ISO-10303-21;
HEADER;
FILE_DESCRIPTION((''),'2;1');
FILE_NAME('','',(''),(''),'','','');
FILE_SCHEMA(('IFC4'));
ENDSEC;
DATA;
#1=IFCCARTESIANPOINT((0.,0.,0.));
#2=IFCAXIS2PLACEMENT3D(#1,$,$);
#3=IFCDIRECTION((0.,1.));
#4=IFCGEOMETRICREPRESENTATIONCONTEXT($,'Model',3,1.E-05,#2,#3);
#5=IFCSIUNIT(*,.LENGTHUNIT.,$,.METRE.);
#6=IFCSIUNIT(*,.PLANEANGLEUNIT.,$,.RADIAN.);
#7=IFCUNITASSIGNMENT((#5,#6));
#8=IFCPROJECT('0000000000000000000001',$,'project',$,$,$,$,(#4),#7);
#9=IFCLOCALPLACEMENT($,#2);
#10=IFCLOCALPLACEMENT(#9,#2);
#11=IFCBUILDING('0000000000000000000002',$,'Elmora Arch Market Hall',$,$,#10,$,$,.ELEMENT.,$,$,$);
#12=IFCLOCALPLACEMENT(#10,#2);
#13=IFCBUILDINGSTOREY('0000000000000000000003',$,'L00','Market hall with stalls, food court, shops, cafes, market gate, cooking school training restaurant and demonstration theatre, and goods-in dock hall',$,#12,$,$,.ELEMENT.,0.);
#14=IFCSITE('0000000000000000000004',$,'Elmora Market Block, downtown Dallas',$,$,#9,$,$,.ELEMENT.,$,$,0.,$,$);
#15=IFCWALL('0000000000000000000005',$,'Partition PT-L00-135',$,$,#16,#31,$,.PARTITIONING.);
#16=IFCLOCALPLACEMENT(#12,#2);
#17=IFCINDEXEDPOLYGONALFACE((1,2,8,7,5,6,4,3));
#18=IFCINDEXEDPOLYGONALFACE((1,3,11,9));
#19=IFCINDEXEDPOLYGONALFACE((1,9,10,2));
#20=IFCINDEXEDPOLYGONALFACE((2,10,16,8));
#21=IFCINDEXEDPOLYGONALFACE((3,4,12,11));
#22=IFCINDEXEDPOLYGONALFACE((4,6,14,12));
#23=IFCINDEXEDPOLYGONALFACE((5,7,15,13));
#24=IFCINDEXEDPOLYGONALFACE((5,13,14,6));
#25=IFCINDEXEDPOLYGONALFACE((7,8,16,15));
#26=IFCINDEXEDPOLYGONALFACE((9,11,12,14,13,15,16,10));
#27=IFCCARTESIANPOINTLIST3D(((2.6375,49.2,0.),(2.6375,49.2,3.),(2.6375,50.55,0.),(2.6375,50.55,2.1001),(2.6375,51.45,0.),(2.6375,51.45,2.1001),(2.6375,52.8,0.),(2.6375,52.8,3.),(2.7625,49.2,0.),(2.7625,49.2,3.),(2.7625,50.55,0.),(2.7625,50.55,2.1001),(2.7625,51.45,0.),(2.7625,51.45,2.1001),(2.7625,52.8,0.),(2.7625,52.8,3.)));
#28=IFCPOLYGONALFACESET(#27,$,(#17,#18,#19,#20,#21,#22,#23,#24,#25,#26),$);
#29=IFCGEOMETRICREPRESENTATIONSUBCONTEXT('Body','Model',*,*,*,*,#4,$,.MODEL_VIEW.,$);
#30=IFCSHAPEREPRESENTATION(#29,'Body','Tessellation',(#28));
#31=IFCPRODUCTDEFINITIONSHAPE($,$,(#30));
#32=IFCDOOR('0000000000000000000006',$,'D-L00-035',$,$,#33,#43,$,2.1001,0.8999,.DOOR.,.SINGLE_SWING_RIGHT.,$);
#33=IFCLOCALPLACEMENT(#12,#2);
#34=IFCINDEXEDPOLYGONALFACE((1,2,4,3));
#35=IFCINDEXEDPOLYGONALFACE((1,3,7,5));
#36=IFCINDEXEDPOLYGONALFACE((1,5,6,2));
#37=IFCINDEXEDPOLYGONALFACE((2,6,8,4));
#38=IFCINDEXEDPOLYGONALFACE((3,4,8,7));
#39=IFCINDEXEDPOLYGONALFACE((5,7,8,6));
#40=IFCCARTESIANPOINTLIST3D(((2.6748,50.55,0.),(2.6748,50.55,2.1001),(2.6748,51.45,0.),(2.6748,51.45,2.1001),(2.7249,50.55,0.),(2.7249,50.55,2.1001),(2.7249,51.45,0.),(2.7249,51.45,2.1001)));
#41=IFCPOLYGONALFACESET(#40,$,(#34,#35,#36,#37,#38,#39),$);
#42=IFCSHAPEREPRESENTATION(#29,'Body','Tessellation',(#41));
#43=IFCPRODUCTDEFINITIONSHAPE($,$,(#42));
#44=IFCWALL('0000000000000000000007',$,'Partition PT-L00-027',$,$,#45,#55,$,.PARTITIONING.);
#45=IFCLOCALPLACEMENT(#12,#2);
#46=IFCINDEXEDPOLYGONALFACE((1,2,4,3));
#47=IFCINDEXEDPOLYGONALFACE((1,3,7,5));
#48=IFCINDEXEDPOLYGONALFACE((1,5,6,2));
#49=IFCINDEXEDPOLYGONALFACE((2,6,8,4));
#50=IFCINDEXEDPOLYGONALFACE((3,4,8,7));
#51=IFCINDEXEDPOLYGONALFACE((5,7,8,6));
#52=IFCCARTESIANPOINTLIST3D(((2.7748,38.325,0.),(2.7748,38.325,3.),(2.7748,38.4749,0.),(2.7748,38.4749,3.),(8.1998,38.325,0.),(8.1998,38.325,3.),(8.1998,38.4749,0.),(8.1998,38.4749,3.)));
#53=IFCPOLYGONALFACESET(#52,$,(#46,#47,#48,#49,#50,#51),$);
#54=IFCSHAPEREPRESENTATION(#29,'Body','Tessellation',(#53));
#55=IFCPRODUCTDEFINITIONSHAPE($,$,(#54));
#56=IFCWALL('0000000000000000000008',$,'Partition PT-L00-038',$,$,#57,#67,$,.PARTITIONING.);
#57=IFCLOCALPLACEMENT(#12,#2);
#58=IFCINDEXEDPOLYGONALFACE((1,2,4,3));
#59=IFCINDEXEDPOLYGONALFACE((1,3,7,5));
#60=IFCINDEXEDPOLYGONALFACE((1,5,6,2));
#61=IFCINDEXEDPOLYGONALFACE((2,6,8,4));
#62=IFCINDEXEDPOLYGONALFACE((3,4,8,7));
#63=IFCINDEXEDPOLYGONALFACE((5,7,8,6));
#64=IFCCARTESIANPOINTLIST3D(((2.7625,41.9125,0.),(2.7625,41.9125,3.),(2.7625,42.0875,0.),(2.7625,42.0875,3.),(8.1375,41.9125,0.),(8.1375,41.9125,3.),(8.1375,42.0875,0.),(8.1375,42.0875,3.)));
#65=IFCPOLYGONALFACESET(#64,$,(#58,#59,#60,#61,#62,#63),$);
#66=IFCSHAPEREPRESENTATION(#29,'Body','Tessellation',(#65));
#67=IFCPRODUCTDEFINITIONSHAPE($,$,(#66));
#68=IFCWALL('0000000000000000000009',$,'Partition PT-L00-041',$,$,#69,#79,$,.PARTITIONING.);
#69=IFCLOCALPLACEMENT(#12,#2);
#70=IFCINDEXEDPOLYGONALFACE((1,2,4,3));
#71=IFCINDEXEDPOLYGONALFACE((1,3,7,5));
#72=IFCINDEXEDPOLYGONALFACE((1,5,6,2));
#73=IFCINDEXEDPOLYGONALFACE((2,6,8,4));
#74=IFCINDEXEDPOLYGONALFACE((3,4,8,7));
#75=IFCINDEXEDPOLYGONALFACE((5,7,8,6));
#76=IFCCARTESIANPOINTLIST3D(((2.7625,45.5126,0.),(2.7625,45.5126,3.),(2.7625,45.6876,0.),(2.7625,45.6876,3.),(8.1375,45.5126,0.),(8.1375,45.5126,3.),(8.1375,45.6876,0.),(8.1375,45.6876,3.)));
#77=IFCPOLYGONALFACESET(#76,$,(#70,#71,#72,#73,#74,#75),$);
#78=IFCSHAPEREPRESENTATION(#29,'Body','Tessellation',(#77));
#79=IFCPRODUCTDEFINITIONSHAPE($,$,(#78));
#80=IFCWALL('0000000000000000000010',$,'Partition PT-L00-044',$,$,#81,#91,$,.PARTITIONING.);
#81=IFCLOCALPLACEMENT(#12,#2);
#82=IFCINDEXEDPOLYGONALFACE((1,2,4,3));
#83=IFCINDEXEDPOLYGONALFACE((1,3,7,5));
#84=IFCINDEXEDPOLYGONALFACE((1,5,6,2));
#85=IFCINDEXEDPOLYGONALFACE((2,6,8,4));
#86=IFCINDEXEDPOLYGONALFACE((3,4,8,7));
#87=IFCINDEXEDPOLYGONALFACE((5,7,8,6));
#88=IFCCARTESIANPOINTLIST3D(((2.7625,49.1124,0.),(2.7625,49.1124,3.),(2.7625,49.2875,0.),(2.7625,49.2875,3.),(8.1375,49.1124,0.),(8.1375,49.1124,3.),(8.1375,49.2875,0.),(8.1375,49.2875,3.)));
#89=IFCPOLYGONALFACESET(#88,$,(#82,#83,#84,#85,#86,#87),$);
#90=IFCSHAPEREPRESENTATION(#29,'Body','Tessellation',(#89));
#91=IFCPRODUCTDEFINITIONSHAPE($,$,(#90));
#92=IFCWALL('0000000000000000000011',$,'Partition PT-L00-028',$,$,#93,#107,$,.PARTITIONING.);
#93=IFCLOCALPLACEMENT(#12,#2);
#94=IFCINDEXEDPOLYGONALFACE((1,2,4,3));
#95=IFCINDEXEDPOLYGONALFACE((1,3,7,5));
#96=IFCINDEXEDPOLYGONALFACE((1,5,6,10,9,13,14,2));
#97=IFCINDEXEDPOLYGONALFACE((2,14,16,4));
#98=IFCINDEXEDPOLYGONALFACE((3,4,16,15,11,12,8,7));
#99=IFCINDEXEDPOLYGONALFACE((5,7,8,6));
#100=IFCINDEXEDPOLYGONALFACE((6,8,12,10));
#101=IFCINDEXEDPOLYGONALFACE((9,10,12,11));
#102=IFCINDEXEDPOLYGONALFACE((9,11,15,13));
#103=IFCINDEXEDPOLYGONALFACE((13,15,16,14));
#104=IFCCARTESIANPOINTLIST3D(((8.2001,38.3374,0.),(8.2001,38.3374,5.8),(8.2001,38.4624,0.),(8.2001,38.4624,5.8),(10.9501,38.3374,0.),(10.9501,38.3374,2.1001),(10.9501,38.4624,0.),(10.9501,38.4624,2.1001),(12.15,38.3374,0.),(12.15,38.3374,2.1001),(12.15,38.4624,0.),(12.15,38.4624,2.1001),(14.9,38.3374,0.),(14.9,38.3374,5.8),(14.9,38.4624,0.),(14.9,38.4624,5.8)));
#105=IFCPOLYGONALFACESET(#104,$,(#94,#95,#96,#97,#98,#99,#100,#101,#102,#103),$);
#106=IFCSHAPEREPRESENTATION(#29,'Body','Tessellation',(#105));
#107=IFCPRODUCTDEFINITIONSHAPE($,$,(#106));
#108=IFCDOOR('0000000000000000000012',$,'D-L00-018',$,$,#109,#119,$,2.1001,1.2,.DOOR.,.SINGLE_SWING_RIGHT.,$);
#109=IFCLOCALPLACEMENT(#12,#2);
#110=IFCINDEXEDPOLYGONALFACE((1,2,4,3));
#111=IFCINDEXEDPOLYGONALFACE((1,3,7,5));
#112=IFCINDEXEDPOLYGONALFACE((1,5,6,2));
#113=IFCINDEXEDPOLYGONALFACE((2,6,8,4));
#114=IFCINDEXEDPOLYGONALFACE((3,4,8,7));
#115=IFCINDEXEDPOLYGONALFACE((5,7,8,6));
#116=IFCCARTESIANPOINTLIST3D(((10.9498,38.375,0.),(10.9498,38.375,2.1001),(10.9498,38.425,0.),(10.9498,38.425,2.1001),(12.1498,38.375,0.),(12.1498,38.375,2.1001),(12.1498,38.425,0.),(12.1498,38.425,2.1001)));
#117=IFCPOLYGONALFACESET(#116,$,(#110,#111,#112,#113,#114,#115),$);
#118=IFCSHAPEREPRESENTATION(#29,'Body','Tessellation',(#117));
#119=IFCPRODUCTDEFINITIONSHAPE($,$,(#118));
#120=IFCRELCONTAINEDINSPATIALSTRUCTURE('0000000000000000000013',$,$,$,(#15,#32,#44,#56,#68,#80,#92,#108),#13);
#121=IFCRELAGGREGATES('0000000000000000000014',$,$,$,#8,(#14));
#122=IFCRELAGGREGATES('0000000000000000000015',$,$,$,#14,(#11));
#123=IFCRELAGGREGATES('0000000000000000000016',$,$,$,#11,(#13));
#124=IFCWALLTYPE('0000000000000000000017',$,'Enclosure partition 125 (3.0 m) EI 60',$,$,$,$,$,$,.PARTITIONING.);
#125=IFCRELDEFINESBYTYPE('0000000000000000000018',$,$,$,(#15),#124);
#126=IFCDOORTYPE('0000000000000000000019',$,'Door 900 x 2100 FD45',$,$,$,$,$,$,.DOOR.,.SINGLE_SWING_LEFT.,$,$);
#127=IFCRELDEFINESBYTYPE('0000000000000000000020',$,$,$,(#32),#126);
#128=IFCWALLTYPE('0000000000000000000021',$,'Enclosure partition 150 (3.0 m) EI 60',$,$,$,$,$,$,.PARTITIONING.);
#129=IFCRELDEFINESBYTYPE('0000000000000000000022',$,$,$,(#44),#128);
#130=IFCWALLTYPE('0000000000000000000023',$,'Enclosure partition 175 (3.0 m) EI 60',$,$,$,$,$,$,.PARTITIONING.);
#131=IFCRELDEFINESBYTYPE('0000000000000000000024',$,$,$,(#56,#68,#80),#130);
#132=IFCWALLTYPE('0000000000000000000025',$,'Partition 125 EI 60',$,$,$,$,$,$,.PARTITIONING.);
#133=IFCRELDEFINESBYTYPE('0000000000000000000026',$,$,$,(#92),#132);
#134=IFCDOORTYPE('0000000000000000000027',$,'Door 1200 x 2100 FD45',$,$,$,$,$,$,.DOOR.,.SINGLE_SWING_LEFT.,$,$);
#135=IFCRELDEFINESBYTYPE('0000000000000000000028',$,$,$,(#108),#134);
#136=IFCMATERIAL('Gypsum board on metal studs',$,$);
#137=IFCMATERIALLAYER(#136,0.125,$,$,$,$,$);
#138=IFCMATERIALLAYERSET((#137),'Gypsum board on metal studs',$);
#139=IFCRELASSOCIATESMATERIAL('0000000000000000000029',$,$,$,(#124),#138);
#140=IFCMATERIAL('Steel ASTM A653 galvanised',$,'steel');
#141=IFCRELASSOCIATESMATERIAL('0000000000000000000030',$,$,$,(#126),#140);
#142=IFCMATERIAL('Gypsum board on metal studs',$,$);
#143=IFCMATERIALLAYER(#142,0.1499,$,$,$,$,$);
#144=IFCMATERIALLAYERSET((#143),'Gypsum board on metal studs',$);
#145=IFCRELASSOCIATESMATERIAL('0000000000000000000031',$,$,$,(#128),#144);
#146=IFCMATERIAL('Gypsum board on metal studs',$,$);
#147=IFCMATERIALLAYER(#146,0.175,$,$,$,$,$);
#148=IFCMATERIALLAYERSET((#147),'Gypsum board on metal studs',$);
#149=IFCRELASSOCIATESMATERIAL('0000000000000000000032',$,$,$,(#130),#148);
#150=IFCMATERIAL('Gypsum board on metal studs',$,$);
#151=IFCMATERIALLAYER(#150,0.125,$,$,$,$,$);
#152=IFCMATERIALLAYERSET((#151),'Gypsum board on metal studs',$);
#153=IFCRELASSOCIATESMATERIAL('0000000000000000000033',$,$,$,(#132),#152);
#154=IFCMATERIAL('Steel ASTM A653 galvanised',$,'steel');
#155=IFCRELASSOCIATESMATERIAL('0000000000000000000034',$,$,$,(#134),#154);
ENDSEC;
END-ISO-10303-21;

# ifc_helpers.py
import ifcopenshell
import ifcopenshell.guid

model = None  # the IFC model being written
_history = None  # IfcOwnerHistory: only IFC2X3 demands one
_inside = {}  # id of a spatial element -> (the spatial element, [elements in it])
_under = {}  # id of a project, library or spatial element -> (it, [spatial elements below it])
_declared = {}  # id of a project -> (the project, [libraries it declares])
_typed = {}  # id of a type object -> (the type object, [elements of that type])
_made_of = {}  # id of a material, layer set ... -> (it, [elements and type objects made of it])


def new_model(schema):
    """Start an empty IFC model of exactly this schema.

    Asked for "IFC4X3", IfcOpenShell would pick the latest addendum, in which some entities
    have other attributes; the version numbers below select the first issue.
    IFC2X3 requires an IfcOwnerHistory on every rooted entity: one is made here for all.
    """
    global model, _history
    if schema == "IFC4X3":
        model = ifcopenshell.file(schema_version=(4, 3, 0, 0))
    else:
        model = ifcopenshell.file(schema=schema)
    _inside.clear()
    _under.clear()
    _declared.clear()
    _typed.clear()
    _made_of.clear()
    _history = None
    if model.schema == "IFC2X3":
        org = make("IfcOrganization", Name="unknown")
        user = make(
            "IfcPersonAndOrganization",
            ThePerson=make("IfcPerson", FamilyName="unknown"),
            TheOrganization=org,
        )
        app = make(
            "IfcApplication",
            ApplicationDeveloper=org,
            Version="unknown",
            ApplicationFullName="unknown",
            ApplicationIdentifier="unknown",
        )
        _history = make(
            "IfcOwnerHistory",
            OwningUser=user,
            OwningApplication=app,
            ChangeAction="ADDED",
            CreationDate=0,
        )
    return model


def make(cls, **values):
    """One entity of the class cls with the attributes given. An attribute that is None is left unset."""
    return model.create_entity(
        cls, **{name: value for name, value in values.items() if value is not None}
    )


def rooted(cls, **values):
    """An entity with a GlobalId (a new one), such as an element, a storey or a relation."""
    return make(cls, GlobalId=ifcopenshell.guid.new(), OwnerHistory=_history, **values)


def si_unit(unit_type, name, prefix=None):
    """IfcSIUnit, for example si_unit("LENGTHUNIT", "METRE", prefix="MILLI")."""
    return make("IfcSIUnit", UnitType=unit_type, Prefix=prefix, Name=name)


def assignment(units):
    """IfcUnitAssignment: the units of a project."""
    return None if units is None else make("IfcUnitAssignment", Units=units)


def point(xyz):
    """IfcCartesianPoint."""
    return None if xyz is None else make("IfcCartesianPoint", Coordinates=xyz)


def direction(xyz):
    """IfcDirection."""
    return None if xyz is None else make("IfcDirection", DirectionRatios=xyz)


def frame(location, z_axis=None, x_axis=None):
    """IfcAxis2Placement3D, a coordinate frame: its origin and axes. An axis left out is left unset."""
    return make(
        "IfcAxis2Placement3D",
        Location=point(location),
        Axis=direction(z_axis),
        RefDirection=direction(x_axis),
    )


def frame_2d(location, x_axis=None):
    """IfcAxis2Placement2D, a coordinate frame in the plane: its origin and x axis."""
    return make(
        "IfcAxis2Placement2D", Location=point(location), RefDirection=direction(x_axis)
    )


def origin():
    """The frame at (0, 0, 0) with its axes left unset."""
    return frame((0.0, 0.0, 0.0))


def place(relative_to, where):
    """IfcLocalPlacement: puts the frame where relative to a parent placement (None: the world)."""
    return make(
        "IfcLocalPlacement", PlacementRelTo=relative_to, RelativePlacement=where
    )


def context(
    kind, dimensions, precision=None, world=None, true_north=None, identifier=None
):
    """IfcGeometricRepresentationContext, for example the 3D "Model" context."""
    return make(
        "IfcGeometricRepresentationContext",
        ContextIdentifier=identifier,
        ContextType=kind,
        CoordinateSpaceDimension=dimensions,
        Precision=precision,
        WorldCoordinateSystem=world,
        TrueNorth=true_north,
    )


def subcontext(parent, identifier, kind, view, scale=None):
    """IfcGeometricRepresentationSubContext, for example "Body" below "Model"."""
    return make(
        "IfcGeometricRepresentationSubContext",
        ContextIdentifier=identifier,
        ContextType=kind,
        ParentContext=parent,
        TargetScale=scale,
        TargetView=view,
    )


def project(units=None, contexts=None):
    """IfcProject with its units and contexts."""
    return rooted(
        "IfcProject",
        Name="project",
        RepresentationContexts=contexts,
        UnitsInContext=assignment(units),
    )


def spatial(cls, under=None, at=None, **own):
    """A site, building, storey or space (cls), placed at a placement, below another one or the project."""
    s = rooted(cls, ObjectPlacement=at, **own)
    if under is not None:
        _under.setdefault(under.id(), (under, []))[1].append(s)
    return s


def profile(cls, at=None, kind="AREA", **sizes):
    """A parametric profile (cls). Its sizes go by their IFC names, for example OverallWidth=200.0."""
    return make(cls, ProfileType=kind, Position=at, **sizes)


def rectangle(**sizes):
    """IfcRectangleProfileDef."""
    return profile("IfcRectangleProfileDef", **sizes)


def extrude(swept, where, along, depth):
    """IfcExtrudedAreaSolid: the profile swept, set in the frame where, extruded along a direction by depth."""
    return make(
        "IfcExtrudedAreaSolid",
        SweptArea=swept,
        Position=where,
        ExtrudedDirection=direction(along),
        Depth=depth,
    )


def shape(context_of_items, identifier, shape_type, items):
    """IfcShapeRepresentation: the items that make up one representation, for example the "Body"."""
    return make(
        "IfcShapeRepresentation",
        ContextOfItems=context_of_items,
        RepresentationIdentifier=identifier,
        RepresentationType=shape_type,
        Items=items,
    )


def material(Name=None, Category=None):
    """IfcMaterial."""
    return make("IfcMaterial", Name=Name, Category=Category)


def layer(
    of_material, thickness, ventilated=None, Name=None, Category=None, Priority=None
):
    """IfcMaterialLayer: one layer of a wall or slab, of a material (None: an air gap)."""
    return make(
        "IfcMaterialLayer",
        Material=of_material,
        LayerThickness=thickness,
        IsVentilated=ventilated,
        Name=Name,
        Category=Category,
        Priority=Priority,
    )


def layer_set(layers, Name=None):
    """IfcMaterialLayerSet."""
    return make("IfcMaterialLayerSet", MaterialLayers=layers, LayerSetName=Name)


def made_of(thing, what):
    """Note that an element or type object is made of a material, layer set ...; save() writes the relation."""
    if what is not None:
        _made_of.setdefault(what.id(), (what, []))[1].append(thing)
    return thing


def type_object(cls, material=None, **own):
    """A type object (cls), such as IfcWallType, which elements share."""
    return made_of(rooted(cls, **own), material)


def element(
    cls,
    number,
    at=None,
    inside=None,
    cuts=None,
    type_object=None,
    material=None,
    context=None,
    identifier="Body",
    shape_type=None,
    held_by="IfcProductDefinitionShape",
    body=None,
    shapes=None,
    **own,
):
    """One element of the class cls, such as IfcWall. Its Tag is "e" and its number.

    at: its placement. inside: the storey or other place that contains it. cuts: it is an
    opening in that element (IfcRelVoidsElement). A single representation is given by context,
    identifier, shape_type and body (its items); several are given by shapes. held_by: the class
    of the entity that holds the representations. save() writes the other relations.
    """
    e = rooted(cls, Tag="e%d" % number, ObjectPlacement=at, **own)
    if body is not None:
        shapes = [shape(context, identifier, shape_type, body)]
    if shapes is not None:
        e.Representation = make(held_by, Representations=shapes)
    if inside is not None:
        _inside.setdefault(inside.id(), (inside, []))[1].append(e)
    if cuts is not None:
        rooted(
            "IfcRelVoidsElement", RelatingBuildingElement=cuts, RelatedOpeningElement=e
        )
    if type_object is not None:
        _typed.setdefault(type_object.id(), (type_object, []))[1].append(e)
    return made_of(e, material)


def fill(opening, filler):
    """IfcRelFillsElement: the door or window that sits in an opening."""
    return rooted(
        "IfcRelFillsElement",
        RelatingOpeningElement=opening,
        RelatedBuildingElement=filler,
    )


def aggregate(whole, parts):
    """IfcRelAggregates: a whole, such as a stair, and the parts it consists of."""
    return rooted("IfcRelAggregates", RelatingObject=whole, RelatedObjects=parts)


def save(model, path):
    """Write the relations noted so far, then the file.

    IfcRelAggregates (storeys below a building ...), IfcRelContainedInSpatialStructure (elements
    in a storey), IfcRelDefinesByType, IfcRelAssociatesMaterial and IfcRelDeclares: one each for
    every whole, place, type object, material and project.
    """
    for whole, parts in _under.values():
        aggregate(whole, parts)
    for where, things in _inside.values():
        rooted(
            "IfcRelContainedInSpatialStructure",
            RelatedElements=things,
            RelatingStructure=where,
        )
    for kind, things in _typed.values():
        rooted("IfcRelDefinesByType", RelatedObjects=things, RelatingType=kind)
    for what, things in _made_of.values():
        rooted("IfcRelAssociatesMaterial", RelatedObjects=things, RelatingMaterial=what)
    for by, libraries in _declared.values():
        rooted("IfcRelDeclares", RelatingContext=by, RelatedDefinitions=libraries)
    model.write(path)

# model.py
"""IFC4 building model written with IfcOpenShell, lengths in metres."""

from ifc_helpers import new_model, si_unit, direction, frame, frame_2d, origin, place, context, subcontext, project, spatial, rectangle, extrude, material, layer, layer_set, type_object, element, fill, save


model = new_model("IFC4")

# Units and contexts
model_context = context("Model", 3, precision=1e-05, world=origin(), true_north=direction((0.0, 1.0)))
body_context = subcontext(model_context, "Body", "Model", "MODEL_VIEW")
ifc_project = project(units=[si_unit("LENGTHUNIT", "METRE"), si_unit("PLANEANGLEUNIT", "RADIAN")], contexts=[model_context])

# Site, building, storey
site_placement = place(None, origin())
site = spatial("IfcSite", under=ifc_project, at=site_placement, Name="Elmora Market Block, downtown Dallas", CompositionType="ELEMENT", RefElevation=0.0)
building_placement = place(site_placement, origin())
building = spatial("IfcBuilding", under=site, at=building_placement, Name="Elmora Arch Market Hall", CompositionType="ELEMENT")
storey_placement = place(building_placement, origin())
storey = spatial("IfcBuildingStorey", under=building, at=storey_placement, Name="L00", Description="Market hall with stalls, food court, shops, cafes, market gate, cooking school training restaurant and demonstration theatre, and goods-in dock hall", CompositionType="ELEMENT", Elevation=0.0)

# Wall, opening, door
ifc_material_1 = material(Name="Gypsum board on metal studs")
ifc_layer_1 = layer(ifc_material_1, 0.125)
ifc_layer_set_1 = layer_set([ifc_layer_1], Name="Gypsum board on metal studs")
wall_type_1 = type_object("IfcWallType", Name="Enclosure partition 125 (3.0 m) EI 60", PredefinedType="PARTITIONING", material=ifc_layer_set_1)
ifc_material_2 = material(Name="Steel ASTM A653 galvanised", Category="steel")
door_type_1 = type_object("IfcDoorType", Name="Door 900 x 2100 FD45", OperationType="SINGLE_SWING_LEFT", PredefinedType="DOOR", material=ifc_material_2)
wall_1_placement = place(storey_placement, frame((2.7, 49.2, 0.0), z_axis=(0.0, 0.0, 1.0), x_axis=(0.0, 1.0, 0.0)))
wall_1 = element("IfcWall", 1, at=wall_1_placement, inside=storey, type_object=wall_type_1, Name="Partition PT-L00-135", PredefinedType="PARTITIONING", context=body_context, shape_type="SweptSolid", body=[
    extrude(rectangle(XDim=3.6001, YDim=0.125, at=frame_2d((1.8, 0.0))), origin(), (0.0, 0.0, 1.0), 3.0),
])
opening_1_placement = place(wall_1_placement, frame((1.3501, 0.0, 0.0)))
opening_1 = element("IfcOpeningElement", 2, at=opening_1_placement, cuts=wall_1, PredefinedType="OPENING", context=body_context, shape_type="SweptSolid", body=[
    extrude(rectangle(XDim=0.8999, YDim=2.1001, at=frame_2d((0.45, 1.05))), frame((0.0, 0.0725, 0.0), z_axis=(0.0, -1.0, 0.0), x_axis=(1.0, 0.0, 0.0)), (0.0, 0.0, 1.0), 0.145),
])
door_1_placement = place(opening_1_placement, frame((0.8999, 0.0, 0.0), z_axis=(0.0, 0.0, 1.0), x_axis=(-1.0, 0.0, 0.0)))
door_1 = element("IfcDoor", 3, at=door_1_placement, inside=storey, type_object=door_type_1, Name="D-L00-035", OperationType="SINGLE_SWING_RIGHT", OverallHeight=2.1001, OverallWidth=0.8999, PredefinedType="DOOR", context=body_context, shape_type="SweptSolid", body=[
    extrude(rectangle(XDim=0.8999, YDim=2.1001, at=frame_2d((0.45, 1.05))), frame((0.0, 0.0249, 0.0), z_axis=(0.0, -1.0, 0.0), x_axis=(1.0, 0.0, 0.0)), (0.0, 0.0, 1.0), 0.05),
])
fill(opening_1, door_1)

# Walls
ifc_material_3 = material(Name="Gypsum board on metal studs")
ifc_layer_2 = layer(ifc_material_3, 0.1499)
ifc_layer_set_2 = layer_set([ifc_layer_2], Name="Gypsum board on metal studs")
wall_type_2 = type_object("IfcWallType", Name="Enclosure partition 150 (3.0 m) EI 60", PredefinedType="PARTITIONING", material=ifc_layer_set_2)
wall_2_placement = place(storey_placement, frame((2.7749, 38.3999, 0.0), z_axis=(0.0, 0.0, 1.0), x_axis=(1.0, 0.0, 0.0)))
element("IfcWall", 4, at=wall_2_placement, inside=storey, type_object=wall_type_2, Name="Partition PT-L00-027", PredefinedType="PARTITIONING", context=body_context, shape_type="SweptSolid", body=[
    extrude(rectangle(XDim=5.425, YDim=0.1499, at=frame_2d((2.7124, 0.0))), origin(), (0.0, 0.0, 1.0), 3.0),
])
ifc_material_4 = material(Name="Gypsum board on metal studs")
ifc_layer_3 = layer(ifc_material_4, 0.175)
ifc_layer_set_3 = layer_set([ifc_layer_3], Name="Gypsum board on metal studs")
wall_type_3 = type_object("IfcWallType", Name="Enclosure partition 175 (3.0 m) EI 60", PredefinedType="PARTITIONING", material=ifc_layer_set_3)
for number, where, z_axis, x_axis, name in (
    (5, (2.7625, 42.0, 0.0), (0.0, 0.0, 1.0), (1.0, 0.0, 0.0), "Partition PT-L00-038"),
    (6, (2.7625, 45.6001, 0.0), (0.0, 0.0, 1.0), (1.0, 0.0, 0.0), "Partition PT-L00-041"),
    (7, (2.7625, 49.2, 0.0), (0.0, 0.0, 1.0), (1.0, 0.0, 0.0), "Partition PT-L00-044"),
):
    element("IfcWall", number, at=place(storey_placement, frame(where, z_axis=z_axis, x_axis=x_axis)), inside=storey, type_object=wall_type_3, Name=name, PredefinedType="PARTITIONING", context=body_context, shape_type="SweptSolid", body=[
        extrude(rectangle(XDim=5.375, YDim=0.175, at=frame_2d((2.6875, 0.0))), origin(), (0.0, 0.0, 1.0), 3.0),
    ])

# Wall, opening, door
ifc_material_5 = material(Name="Gypsum board on metal studs")
ifc_layer_4 = layer(ifc_material_5, 0.125)
ifc_layer_set_4 = layer_set([ifc_layer_4], Name="Gypsum board on metal studs")
wall_type_4 = type_object("IfcWallType", Name="Partition 125 EI 60", PredefinedType="PARTITIONING", material=ifc_layer_set_4)
wall_3_placement = place(storey_placement, frame((8.2, 38.3999, 0.0), z_axis=(0.0, 0.0, 1.0), x_axis=(1.0, 0.0, 0.0)))
wall_3 = element("IfcWall", 8, at=wall_3_placement, inside=storey, type_object=wall_type_4, Name="Partition PT-L00-028", PredefinedType="PARTITIONING", context=body_context, shape_type="SweptSolid", body=[
    extrude(rectangle(XDim=6.7, YDim=0.125, at=frame_2d((3.3501, 0.0))), origin(), (0.0, 0.0, 1.0), 5.8),
])
opening_2_placement = place(wall_3_placement, frame((2.75, 0.0, 0.0)))
opening_2 = element("IfcOpeningElement", 9, at=opening_2_placement, cuts=wall_3, PredefinedType="OPENING", context=body_context, shape_type="SweptSolid", body=[
    extrude(rectangle(XDim=1.2, YDim=2.1001, at=frame_2d((0.6001, 1.05))), frame((0.0, 0.0725, 0.0), z_axis=(0.0, -1.0, 0.0), x_axis=(1.0, 0.0, 0.0)), (0.0, 0.0, 1.0), 0.145),
])
ifc_material_6 = material(Name="Steel ASTM A653 galvanised", Category="steel")
door_type_2 = type_object("IfcDoorType", Name="Door 1200 x 2100 FD45", OperationType="SINGLE_SWING_LEFT", PredefinedType="DOOR", material=ifc_material_6)
door_2_placement = place(opening_2_placement, frame((1.2, 0.0, 0.0), z_axis=(0.0, 0.0, 1.0), x_axis=(-1.0, 0.0, 0.0)))
door_2 = element("IfcDoor", 10, at=door_2_placement, inside=storey, type_object=door_type_2, Name="D-L00-018", OperationType="SINGLE_SWING_RIGHT", OverallHeight=2.1001, OverallWidth=1.2, PredefinedType="DOOR", context=body_context, shape_type="SweptSolid", body=[
    extrude(rectangle(XDim=1.2, YDim=2.1001, at=frame_2d((0.6001, 1.05))), frame((0.0, 0.0249, 0.0), z_axis=(0.0, -1.0, 0.0), x_axis=(1.0, 0.0, 0.0)), (0.0, 0.0, 1.0), 0.05),
])
fill(opening_2, door_2)

save(model, "model.ifc")
